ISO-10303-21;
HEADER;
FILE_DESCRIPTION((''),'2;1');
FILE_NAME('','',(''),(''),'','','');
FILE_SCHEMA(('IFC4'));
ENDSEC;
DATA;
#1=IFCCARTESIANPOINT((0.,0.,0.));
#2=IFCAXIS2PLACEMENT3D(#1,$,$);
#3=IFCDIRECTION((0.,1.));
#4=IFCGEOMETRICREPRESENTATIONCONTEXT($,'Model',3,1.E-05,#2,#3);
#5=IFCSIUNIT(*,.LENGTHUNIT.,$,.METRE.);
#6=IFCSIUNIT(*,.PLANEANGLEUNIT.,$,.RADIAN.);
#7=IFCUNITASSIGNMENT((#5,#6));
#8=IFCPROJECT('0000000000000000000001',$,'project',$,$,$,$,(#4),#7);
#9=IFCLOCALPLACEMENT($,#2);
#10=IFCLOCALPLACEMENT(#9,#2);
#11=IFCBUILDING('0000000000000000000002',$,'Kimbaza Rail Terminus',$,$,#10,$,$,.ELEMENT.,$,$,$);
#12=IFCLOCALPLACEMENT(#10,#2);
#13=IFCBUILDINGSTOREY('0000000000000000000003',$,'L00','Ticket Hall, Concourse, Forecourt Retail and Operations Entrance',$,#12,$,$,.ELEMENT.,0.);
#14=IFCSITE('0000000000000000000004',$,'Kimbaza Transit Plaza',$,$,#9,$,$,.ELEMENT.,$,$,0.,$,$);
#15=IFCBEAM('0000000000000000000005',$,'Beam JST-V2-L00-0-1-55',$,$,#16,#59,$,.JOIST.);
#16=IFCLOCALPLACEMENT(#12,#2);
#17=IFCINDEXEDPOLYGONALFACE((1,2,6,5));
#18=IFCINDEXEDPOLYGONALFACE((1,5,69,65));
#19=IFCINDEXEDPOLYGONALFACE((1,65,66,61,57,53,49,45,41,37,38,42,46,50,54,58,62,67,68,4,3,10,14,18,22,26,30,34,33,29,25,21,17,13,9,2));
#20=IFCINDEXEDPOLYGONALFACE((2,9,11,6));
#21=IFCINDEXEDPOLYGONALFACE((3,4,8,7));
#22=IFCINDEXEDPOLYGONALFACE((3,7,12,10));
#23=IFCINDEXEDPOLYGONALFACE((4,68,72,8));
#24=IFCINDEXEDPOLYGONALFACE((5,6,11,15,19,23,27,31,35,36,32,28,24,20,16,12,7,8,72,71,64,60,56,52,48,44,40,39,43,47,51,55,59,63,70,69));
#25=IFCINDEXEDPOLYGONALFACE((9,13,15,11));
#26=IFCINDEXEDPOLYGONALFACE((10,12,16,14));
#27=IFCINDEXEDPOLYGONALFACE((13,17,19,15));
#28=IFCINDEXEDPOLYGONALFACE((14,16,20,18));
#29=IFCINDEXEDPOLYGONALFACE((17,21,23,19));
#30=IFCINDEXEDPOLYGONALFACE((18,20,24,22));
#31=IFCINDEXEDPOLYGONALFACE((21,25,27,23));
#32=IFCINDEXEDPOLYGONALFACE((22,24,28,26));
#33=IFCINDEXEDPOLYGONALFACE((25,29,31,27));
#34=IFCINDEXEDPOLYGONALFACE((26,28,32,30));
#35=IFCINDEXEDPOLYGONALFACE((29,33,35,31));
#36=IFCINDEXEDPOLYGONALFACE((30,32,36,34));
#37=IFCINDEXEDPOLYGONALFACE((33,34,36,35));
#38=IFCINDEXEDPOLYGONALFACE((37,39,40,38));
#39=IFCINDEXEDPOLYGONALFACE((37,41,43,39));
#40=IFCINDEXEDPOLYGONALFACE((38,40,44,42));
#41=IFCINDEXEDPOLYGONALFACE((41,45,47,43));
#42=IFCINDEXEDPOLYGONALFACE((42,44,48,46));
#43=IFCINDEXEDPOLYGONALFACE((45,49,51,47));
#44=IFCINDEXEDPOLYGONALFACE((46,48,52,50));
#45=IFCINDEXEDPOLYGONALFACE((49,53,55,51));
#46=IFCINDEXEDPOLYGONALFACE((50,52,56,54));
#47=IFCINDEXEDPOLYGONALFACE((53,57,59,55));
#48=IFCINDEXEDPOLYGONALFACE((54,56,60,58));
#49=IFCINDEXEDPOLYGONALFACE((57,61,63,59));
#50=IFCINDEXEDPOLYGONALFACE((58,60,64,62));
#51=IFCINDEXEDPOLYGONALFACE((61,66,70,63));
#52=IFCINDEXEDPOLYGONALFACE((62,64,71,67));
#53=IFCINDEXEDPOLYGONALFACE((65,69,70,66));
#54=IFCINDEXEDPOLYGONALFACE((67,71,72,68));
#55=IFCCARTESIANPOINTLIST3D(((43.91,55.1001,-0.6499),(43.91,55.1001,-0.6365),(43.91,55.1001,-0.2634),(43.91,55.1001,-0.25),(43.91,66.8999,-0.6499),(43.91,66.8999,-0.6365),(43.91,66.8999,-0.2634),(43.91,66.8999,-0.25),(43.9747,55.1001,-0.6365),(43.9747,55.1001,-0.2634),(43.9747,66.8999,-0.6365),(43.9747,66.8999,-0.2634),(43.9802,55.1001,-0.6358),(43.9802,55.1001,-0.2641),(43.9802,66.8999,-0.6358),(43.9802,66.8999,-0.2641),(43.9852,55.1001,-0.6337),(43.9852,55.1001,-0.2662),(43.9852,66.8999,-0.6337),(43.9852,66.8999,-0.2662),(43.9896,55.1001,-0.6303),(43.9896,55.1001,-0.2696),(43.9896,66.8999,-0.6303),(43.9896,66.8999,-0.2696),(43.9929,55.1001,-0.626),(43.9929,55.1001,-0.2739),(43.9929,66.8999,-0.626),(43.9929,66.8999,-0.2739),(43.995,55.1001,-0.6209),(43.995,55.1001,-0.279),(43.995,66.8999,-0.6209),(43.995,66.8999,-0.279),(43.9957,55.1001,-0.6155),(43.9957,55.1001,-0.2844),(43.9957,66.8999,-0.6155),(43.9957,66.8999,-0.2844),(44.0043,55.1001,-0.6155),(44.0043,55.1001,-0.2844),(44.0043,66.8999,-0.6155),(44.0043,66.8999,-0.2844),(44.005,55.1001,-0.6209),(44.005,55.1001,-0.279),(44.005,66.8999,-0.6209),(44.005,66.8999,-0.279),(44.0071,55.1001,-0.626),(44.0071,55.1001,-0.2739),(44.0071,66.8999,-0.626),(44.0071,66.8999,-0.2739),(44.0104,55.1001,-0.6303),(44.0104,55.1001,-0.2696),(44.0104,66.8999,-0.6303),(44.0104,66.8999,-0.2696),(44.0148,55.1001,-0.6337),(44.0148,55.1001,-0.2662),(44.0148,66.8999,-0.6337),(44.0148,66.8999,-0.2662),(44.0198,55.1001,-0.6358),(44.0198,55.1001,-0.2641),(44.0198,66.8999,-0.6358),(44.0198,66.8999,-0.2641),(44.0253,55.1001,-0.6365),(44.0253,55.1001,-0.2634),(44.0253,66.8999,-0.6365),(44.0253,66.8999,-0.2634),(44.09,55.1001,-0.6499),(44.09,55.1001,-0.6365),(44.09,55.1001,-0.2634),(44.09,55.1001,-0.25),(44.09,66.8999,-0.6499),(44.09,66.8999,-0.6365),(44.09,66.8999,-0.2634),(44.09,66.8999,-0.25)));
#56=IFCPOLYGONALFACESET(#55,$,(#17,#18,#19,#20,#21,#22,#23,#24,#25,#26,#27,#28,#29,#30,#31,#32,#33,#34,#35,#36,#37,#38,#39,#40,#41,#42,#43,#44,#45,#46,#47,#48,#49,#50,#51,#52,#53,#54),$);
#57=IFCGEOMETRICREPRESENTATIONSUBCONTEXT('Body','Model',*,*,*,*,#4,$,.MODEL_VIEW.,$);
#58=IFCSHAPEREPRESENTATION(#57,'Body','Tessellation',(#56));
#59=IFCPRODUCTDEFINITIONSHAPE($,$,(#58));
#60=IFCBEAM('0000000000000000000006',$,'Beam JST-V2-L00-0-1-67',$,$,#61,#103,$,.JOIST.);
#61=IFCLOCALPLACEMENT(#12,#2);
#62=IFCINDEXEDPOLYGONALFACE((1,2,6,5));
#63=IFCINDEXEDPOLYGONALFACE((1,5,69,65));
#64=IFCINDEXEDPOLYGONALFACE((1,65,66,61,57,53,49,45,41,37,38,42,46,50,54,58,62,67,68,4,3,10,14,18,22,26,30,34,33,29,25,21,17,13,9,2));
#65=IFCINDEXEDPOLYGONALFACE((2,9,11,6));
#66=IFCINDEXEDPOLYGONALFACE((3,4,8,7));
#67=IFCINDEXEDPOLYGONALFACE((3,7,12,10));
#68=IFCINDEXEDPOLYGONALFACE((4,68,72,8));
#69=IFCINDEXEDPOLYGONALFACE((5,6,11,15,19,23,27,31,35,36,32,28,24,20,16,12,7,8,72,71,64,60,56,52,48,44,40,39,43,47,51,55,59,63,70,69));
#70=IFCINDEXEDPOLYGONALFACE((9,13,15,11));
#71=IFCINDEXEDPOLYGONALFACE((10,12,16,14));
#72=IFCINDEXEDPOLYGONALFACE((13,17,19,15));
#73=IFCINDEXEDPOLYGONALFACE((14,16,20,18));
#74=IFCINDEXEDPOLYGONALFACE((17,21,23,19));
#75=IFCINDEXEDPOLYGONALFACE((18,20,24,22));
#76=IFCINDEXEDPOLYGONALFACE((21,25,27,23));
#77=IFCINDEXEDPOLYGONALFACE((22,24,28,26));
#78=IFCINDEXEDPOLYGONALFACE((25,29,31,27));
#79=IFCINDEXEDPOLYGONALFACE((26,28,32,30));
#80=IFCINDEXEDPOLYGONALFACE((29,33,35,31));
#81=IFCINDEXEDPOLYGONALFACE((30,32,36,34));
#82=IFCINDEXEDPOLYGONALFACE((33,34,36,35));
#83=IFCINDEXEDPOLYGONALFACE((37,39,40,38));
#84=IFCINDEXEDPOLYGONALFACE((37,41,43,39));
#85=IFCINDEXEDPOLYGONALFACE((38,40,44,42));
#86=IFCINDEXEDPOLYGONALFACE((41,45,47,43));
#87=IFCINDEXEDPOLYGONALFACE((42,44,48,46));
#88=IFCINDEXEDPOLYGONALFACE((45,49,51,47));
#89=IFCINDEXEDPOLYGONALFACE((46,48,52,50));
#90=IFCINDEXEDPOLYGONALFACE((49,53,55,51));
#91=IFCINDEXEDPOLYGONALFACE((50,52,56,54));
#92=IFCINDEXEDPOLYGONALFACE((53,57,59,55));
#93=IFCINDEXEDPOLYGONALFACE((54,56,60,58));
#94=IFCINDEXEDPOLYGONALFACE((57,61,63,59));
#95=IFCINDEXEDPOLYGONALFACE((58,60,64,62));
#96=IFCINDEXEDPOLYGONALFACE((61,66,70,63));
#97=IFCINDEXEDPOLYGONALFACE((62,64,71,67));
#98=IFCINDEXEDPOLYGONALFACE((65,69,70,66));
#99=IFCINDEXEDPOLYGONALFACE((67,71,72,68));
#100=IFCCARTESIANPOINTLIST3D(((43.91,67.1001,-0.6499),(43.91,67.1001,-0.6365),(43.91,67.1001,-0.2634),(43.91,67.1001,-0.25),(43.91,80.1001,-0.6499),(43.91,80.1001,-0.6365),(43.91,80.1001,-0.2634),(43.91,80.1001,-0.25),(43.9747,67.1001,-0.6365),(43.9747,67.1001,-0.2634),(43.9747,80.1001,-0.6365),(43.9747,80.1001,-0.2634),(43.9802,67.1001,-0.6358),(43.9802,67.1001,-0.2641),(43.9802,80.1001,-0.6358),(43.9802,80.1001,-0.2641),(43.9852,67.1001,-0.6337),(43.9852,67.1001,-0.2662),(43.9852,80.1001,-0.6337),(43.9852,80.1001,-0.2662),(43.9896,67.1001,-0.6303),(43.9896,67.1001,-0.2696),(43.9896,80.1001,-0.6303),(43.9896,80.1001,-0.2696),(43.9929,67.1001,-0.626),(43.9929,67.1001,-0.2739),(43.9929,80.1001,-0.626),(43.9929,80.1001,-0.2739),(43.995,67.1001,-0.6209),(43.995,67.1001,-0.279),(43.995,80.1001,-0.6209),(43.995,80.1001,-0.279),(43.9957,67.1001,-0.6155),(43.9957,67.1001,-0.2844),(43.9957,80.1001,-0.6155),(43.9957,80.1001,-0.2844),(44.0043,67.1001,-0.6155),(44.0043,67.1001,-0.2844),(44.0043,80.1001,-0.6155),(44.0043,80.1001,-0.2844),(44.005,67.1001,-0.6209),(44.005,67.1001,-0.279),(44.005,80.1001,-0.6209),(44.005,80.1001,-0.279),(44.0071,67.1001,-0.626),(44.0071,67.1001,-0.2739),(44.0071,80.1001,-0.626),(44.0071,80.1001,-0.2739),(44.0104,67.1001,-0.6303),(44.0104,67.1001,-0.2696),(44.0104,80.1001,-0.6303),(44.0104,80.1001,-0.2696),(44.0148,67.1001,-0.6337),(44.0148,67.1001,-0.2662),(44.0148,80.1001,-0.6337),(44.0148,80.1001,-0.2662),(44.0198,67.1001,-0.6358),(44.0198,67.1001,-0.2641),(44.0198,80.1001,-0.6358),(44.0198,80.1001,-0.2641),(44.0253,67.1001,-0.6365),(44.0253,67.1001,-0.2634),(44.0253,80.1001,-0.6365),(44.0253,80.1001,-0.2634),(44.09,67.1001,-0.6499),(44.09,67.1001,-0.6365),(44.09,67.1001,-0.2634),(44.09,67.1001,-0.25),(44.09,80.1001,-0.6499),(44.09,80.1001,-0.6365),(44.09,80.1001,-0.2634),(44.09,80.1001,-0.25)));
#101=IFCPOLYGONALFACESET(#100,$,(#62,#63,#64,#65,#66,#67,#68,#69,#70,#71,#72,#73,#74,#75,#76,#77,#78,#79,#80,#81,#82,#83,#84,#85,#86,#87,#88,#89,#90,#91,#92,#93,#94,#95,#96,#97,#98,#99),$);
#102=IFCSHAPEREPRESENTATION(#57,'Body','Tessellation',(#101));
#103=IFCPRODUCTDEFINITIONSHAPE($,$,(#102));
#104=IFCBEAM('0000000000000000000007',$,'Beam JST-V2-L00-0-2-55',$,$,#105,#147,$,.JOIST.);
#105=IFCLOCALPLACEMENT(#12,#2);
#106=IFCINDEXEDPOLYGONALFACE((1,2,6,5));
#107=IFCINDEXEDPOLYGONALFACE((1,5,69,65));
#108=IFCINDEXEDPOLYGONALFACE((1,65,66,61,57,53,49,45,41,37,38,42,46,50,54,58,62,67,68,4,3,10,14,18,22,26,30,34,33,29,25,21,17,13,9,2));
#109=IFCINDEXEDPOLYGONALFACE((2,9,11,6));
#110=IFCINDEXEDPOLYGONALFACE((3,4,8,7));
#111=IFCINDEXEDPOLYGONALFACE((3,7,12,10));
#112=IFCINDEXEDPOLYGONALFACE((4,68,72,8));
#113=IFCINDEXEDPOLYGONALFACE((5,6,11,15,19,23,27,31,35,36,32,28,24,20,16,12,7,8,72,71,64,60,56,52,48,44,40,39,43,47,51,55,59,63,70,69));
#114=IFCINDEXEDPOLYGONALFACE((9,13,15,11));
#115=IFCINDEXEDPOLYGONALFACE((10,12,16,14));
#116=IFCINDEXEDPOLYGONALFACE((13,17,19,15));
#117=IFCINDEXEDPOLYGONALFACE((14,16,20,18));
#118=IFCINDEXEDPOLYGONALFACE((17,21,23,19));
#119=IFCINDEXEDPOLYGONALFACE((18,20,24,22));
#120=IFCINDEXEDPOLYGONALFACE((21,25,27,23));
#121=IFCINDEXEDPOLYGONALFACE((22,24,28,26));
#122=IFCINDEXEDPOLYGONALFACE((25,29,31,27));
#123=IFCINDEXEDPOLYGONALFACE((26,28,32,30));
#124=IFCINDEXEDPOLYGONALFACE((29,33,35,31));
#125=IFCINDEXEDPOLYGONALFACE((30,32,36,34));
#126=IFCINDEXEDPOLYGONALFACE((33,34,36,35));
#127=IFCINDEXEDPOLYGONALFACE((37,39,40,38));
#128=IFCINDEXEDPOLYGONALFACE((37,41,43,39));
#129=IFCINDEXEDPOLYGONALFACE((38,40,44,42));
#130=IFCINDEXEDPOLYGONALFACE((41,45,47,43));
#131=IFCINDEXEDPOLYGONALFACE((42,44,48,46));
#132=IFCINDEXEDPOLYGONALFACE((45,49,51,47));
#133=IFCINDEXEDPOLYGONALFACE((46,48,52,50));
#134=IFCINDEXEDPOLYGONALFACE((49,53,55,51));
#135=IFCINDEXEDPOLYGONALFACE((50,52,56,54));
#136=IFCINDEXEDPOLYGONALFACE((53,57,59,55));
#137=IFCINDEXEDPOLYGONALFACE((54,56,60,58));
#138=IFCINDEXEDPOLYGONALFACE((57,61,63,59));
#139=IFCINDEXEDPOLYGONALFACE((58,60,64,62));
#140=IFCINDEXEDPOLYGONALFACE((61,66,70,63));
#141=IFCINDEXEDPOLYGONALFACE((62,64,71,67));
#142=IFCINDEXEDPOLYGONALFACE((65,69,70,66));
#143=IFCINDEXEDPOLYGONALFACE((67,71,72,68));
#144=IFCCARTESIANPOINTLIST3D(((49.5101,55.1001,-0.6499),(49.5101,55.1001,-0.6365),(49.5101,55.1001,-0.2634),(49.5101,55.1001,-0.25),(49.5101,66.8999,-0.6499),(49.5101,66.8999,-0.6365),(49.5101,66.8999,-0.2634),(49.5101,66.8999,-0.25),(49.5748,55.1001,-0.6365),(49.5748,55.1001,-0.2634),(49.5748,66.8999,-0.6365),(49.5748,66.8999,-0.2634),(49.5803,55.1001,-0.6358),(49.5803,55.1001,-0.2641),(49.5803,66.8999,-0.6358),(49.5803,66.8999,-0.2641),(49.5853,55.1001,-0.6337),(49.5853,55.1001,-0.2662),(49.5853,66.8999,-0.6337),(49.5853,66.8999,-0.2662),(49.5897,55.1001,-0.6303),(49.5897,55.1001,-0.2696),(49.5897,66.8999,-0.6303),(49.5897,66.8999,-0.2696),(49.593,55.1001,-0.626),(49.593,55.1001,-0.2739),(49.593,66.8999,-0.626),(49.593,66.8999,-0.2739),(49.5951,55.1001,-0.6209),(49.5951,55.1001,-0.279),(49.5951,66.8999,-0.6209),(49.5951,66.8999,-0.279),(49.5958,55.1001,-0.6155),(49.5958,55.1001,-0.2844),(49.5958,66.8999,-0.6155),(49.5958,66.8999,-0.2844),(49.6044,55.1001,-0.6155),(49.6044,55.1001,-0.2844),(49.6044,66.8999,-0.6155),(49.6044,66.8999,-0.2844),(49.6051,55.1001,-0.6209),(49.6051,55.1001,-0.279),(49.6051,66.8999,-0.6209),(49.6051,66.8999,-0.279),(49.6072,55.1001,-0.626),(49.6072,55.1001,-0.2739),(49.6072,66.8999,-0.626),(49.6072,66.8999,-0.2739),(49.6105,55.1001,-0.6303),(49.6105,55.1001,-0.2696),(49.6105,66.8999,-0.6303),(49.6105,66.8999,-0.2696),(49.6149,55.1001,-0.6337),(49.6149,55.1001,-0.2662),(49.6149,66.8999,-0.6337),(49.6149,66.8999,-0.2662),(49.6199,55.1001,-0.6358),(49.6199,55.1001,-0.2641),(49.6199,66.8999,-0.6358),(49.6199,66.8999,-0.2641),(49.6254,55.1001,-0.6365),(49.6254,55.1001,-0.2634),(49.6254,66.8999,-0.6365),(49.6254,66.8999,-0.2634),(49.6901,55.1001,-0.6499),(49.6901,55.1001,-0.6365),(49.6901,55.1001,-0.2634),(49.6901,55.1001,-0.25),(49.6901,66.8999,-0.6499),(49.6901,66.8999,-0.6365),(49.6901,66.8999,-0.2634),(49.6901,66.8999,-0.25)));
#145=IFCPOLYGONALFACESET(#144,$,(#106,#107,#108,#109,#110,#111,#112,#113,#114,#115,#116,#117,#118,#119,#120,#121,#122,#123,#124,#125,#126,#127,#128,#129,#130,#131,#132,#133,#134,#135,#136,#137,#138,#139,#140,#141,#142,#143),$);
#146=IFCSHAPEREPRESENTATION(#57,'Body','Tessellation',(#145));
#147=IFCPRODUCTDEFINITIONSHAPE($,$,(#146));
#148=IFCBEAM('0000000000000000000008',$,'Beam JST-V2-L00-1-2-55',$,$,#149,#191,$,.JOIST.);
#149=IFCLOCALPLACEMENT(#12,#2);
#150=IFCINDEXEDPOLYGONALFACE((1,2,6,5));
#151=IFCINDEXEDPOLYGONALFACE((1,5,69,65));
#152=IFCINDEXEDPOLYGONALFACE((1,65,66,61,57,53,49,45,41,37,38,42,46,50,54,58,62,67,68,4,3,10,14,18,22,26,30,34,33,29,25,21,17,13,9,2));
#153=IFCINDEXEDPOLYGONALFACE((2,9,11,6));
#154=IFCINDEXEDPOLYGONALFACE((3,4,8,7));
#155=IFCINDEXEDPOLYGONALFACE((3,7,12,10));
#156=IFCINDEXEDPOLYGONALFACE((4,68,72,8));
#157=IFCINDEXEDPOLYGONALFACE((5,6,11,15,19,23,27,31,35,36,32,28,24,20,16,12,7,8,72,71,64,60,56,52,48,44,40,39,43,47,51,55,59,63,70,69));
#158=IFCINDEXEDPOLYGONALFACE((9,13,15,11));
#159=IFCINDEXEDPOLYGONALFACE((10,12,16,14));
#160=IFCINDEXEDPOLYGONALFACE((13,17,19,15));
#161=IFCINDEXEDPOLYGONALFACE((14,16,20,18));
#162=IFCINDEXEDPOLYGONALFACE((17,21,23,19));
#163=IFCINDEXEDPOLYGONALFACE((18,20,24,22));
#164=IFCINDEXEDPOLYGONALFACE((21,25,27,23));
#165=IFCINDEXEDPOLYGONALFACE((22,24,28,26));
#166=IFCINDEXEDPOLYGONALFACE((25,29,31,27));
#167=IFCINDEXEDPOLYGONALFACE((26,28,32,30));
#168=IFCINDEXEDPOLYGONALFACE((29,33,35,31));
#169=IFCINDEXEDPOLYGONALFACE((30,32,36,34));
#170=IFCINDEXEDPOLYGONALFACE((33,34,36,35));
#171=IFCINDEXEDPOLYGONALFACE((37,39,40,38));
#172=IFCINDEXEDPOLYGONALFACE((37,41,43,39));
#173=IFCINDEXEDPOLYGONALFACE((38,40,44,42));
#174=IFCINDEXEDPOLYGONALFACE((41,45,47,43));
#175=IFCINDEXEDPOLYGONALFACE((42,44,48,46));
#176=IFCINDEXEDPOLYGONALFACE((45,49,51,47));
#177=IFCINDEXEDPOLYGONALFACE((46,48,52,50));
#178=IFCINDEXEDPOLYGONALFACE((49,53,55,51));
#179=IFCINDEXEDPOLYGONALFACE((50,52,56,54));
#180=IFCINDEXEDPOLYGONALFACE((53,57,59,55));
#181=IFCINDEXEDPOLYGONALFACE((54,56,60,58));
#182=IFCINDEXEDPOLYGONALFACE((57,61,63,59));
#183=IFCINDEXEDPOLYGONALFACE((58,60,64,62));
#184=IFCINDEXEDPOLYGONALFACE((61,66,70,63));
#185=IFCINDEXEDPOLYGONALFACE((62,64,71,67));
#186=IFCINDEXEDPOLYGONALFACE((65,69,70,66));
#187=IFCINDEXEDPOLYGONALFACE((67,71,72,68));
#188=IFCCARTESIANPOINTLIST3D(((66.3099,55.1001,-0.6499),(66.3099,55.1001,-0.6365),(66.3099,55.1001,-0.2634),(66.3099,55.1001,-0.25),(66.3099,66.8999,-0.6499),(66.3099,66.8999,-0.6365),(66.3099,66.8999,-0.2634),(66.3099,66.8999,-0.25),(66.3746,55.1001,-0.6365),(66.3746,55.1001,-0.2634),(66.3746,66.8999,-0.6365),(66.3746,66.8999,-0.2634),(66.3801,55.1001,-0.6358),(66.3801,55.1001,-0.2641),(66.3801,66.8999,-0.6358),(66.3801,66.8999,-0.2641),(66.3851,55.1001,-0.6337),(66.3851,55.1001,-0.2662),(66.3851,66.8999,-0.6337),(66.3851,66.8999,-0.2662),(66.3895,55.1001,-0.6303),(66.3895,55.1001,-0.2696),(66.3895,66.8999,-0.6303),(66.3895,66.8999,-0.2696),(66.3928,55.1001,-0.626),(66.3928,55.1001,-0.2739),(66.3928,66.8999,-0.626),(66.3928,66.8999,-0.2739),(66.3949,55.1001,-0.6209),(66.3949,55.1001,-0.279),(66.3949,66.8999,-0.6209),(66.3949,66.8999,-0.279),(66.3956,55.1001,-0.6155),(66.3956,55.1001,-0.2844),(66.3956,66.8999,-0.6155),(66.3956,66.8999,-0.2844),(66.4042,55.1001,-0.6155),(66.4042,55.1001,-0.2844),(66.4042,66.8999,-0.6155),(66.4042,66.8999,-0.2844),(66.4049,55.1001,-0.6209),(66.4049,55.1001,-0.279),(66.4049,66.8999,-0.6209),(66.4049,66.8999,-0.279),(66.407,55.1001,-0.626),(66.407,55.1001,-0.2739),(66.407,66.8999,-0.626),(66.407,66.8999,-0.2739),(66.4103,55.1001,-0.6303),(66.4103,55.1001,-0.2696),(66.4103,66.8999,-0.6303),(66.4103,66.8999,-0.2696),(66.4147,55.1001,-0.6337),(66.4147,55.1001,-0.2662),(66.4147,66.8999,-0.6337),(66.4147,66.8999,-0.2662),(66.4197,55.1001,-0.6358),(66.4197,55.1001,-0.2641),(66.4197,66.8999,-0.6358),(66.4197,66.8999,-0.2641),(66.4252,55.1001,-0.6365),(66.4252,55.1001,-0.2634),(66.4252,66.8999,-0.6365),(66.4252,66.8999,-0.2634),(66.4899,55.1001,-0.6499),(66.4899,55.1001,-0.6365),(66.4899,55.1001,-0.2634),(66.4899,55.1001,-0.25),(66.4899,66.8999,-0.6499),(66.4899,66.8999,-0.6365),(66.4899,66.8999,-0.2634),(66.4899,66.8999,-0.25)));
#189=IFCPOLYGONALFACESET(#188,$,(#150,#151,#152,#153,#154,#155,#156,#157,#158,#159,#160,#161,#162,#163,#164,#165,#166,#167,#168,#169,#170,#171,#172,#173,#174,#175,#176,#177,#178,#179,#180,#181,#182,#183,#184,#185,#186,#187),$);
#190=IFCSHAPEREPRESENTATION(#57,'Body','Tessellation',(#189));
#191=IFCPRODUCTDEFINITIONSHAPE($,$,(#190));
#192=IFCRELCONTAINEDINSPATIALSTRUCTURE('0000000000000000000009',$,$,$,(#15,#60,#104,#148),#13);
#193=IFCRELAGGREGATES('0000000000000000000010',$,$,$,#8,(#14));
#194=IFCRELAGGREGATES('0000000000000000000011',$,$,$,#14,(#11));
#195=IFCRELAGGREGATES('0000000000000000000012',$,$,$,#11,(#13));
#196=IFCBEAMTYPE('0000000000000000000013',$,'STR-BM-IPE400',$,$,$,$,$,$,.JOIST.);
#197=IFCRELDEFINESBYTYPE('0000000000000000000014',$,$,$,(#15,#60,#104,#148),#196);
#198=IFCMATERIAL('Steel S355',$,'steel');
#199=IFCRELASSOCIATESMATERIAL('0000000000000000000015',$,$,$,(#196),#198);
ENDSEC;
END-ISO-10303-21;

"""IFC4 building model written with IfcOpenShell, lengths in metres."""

from ifc_helpers import new_model, si_unit, direction, frame, origin, origin_2d, place, context, subcontext, project, spatial, i_section, extrude, material, material_profile, profile_set, type_object, element, save


model = new_model("IFC4")

# Units and contexts
model_context = context("Model", 3, precision=1e-05, world=origin(), true_north=direction((0.0, 1.0)))
body_context = subcontext(model_context, "Body", "Model", "MODEL_VIEW")
ifc_project = project(units=[si_unit("LENGTHUNIT", "METRE"), si_unit("PLANEANGLEUNIT", "RADIAN")], contexts=[model_context])

# Site, building, storey
site_placement = place(None, origin())
site = spatial("IfcSite", under=ifc_project, at=site_placement, Name="Kimbaza Transit Plaza", CompositionType="ELEMENT", RefElevation=0.0)
building_placement = place(site_placement, origin())
building = spatial("IfcBuilding", under=site, at=building_placement, Name="Kimbaza Rail Terminus", CompositionType="ELEMENT")
storey_placement = place(building_placement, origin())
storey = spatial("IfcBuildingStorey", under=building, at=storey_placement, Name="L00", Description="Ticket Hall, Concourse, Forecourt Retail and Operations Entrance", CompositionType="ELEMENT", Elevation=0.0)

# Beams
ifc_material_1 = material(Name="Steel S355", Category="steel")
ifc_material_profile_1 = material_profile(ifc_material_1, i_section(OverallWidth=0.1799, OverallDepth=0.3999, WebThickness=0.0085, FlangeThickness=0.0134, FilletRadius=0.021, at=origin_2d()), Name="IPE 400")
ifc_profile_set_1 = profile_set([ifc_material_profile_1], Name="Steel S355")
beam_type_1 = type_object("IfcBeamType", Name="STR-BM-IPE400", PredefinedType="JOIST", material=ifc_profile_set_1)
beam_1_placement = place(storey_placement, frame((44.0, 55.1001, -0.45), z_axis=(0.0, 1.0, 0.0), x_axis=(-1.0, 0.0, 0.0)))
element("IfcBeam", 1, at=beam_1_placement, inside=storey, type_object=beam_type_1, Name="Beam JST-V2-L00-0-1-55", PredefinedType="JOIST", context=body_context, shape_type="SweptSolid", body=[
    extrude(i_section(OverallWidth=0.1799, OverallDepth=0.3999, WebThickness=0.0085, FlangeThickness=0.0134, FilletRadius=0.021, at=origin_2d()), origin(), (0.0, 0.0, 1.0), 11.7998),
])
beam_2_placement = place(storey_placement, frame((44.0, 67.1001, -0.45), z_axis=(0.0, 1.0, 0.0), x_axis=(-1.0, 0.0, 0.0)))
element("IfcBeam", 2, at=beam_2_placement, inside=storey, type_object=beam_type_1, Name="Beam JST-V2-L00-0-1-67", PredefinedType="JOIST", context=body_context, shape_type="SweptSolid", body=[
    extrude(i_section(OverallWidth=0.1799, OverallDepth=0.3999, WebThickness=0.0085, FlangeThickness=0.0134, FilletRadius=0.021, at=origin_2d()), origin(), (0.0, 0.0, 1.0), 13.0),
])
for number, where, z_axis, x_axis, name in (
    (3, (49.6001, 55.1001, -0.45), (0.0, 1.0, 0.0), (-1.0, 0.0, 0.0), "Beam JST-V2-L00-0-2-55"),
    (4, (66.3999, 55.1001, -0.45), (0.0, 1.0, 0.0), (-1.0, 0.0, 0.0), "Beam JST-V2-L00-1-2-55"),
):
    element("IfcBeam", number, at=place(storey_placement, frame(where, z_axis=z_axis, x_axis=x_axis)), inside=storey, type_object=beam_type_1, Name=name, PredefinedType="JOIST", context=body_context, shape_type="SweptSolid", body=[
        extrude(i_section(OverallWidth=0.1799, OverallDepth=0.3999, WebThickness=0.0085, FlangeThickness=0.0134, FilletRadius=0.021, at=origin_2d()), origin(), (0.0, 0.0, 1.0), 11.7998),
    ])

save(model, "model.ifc")
